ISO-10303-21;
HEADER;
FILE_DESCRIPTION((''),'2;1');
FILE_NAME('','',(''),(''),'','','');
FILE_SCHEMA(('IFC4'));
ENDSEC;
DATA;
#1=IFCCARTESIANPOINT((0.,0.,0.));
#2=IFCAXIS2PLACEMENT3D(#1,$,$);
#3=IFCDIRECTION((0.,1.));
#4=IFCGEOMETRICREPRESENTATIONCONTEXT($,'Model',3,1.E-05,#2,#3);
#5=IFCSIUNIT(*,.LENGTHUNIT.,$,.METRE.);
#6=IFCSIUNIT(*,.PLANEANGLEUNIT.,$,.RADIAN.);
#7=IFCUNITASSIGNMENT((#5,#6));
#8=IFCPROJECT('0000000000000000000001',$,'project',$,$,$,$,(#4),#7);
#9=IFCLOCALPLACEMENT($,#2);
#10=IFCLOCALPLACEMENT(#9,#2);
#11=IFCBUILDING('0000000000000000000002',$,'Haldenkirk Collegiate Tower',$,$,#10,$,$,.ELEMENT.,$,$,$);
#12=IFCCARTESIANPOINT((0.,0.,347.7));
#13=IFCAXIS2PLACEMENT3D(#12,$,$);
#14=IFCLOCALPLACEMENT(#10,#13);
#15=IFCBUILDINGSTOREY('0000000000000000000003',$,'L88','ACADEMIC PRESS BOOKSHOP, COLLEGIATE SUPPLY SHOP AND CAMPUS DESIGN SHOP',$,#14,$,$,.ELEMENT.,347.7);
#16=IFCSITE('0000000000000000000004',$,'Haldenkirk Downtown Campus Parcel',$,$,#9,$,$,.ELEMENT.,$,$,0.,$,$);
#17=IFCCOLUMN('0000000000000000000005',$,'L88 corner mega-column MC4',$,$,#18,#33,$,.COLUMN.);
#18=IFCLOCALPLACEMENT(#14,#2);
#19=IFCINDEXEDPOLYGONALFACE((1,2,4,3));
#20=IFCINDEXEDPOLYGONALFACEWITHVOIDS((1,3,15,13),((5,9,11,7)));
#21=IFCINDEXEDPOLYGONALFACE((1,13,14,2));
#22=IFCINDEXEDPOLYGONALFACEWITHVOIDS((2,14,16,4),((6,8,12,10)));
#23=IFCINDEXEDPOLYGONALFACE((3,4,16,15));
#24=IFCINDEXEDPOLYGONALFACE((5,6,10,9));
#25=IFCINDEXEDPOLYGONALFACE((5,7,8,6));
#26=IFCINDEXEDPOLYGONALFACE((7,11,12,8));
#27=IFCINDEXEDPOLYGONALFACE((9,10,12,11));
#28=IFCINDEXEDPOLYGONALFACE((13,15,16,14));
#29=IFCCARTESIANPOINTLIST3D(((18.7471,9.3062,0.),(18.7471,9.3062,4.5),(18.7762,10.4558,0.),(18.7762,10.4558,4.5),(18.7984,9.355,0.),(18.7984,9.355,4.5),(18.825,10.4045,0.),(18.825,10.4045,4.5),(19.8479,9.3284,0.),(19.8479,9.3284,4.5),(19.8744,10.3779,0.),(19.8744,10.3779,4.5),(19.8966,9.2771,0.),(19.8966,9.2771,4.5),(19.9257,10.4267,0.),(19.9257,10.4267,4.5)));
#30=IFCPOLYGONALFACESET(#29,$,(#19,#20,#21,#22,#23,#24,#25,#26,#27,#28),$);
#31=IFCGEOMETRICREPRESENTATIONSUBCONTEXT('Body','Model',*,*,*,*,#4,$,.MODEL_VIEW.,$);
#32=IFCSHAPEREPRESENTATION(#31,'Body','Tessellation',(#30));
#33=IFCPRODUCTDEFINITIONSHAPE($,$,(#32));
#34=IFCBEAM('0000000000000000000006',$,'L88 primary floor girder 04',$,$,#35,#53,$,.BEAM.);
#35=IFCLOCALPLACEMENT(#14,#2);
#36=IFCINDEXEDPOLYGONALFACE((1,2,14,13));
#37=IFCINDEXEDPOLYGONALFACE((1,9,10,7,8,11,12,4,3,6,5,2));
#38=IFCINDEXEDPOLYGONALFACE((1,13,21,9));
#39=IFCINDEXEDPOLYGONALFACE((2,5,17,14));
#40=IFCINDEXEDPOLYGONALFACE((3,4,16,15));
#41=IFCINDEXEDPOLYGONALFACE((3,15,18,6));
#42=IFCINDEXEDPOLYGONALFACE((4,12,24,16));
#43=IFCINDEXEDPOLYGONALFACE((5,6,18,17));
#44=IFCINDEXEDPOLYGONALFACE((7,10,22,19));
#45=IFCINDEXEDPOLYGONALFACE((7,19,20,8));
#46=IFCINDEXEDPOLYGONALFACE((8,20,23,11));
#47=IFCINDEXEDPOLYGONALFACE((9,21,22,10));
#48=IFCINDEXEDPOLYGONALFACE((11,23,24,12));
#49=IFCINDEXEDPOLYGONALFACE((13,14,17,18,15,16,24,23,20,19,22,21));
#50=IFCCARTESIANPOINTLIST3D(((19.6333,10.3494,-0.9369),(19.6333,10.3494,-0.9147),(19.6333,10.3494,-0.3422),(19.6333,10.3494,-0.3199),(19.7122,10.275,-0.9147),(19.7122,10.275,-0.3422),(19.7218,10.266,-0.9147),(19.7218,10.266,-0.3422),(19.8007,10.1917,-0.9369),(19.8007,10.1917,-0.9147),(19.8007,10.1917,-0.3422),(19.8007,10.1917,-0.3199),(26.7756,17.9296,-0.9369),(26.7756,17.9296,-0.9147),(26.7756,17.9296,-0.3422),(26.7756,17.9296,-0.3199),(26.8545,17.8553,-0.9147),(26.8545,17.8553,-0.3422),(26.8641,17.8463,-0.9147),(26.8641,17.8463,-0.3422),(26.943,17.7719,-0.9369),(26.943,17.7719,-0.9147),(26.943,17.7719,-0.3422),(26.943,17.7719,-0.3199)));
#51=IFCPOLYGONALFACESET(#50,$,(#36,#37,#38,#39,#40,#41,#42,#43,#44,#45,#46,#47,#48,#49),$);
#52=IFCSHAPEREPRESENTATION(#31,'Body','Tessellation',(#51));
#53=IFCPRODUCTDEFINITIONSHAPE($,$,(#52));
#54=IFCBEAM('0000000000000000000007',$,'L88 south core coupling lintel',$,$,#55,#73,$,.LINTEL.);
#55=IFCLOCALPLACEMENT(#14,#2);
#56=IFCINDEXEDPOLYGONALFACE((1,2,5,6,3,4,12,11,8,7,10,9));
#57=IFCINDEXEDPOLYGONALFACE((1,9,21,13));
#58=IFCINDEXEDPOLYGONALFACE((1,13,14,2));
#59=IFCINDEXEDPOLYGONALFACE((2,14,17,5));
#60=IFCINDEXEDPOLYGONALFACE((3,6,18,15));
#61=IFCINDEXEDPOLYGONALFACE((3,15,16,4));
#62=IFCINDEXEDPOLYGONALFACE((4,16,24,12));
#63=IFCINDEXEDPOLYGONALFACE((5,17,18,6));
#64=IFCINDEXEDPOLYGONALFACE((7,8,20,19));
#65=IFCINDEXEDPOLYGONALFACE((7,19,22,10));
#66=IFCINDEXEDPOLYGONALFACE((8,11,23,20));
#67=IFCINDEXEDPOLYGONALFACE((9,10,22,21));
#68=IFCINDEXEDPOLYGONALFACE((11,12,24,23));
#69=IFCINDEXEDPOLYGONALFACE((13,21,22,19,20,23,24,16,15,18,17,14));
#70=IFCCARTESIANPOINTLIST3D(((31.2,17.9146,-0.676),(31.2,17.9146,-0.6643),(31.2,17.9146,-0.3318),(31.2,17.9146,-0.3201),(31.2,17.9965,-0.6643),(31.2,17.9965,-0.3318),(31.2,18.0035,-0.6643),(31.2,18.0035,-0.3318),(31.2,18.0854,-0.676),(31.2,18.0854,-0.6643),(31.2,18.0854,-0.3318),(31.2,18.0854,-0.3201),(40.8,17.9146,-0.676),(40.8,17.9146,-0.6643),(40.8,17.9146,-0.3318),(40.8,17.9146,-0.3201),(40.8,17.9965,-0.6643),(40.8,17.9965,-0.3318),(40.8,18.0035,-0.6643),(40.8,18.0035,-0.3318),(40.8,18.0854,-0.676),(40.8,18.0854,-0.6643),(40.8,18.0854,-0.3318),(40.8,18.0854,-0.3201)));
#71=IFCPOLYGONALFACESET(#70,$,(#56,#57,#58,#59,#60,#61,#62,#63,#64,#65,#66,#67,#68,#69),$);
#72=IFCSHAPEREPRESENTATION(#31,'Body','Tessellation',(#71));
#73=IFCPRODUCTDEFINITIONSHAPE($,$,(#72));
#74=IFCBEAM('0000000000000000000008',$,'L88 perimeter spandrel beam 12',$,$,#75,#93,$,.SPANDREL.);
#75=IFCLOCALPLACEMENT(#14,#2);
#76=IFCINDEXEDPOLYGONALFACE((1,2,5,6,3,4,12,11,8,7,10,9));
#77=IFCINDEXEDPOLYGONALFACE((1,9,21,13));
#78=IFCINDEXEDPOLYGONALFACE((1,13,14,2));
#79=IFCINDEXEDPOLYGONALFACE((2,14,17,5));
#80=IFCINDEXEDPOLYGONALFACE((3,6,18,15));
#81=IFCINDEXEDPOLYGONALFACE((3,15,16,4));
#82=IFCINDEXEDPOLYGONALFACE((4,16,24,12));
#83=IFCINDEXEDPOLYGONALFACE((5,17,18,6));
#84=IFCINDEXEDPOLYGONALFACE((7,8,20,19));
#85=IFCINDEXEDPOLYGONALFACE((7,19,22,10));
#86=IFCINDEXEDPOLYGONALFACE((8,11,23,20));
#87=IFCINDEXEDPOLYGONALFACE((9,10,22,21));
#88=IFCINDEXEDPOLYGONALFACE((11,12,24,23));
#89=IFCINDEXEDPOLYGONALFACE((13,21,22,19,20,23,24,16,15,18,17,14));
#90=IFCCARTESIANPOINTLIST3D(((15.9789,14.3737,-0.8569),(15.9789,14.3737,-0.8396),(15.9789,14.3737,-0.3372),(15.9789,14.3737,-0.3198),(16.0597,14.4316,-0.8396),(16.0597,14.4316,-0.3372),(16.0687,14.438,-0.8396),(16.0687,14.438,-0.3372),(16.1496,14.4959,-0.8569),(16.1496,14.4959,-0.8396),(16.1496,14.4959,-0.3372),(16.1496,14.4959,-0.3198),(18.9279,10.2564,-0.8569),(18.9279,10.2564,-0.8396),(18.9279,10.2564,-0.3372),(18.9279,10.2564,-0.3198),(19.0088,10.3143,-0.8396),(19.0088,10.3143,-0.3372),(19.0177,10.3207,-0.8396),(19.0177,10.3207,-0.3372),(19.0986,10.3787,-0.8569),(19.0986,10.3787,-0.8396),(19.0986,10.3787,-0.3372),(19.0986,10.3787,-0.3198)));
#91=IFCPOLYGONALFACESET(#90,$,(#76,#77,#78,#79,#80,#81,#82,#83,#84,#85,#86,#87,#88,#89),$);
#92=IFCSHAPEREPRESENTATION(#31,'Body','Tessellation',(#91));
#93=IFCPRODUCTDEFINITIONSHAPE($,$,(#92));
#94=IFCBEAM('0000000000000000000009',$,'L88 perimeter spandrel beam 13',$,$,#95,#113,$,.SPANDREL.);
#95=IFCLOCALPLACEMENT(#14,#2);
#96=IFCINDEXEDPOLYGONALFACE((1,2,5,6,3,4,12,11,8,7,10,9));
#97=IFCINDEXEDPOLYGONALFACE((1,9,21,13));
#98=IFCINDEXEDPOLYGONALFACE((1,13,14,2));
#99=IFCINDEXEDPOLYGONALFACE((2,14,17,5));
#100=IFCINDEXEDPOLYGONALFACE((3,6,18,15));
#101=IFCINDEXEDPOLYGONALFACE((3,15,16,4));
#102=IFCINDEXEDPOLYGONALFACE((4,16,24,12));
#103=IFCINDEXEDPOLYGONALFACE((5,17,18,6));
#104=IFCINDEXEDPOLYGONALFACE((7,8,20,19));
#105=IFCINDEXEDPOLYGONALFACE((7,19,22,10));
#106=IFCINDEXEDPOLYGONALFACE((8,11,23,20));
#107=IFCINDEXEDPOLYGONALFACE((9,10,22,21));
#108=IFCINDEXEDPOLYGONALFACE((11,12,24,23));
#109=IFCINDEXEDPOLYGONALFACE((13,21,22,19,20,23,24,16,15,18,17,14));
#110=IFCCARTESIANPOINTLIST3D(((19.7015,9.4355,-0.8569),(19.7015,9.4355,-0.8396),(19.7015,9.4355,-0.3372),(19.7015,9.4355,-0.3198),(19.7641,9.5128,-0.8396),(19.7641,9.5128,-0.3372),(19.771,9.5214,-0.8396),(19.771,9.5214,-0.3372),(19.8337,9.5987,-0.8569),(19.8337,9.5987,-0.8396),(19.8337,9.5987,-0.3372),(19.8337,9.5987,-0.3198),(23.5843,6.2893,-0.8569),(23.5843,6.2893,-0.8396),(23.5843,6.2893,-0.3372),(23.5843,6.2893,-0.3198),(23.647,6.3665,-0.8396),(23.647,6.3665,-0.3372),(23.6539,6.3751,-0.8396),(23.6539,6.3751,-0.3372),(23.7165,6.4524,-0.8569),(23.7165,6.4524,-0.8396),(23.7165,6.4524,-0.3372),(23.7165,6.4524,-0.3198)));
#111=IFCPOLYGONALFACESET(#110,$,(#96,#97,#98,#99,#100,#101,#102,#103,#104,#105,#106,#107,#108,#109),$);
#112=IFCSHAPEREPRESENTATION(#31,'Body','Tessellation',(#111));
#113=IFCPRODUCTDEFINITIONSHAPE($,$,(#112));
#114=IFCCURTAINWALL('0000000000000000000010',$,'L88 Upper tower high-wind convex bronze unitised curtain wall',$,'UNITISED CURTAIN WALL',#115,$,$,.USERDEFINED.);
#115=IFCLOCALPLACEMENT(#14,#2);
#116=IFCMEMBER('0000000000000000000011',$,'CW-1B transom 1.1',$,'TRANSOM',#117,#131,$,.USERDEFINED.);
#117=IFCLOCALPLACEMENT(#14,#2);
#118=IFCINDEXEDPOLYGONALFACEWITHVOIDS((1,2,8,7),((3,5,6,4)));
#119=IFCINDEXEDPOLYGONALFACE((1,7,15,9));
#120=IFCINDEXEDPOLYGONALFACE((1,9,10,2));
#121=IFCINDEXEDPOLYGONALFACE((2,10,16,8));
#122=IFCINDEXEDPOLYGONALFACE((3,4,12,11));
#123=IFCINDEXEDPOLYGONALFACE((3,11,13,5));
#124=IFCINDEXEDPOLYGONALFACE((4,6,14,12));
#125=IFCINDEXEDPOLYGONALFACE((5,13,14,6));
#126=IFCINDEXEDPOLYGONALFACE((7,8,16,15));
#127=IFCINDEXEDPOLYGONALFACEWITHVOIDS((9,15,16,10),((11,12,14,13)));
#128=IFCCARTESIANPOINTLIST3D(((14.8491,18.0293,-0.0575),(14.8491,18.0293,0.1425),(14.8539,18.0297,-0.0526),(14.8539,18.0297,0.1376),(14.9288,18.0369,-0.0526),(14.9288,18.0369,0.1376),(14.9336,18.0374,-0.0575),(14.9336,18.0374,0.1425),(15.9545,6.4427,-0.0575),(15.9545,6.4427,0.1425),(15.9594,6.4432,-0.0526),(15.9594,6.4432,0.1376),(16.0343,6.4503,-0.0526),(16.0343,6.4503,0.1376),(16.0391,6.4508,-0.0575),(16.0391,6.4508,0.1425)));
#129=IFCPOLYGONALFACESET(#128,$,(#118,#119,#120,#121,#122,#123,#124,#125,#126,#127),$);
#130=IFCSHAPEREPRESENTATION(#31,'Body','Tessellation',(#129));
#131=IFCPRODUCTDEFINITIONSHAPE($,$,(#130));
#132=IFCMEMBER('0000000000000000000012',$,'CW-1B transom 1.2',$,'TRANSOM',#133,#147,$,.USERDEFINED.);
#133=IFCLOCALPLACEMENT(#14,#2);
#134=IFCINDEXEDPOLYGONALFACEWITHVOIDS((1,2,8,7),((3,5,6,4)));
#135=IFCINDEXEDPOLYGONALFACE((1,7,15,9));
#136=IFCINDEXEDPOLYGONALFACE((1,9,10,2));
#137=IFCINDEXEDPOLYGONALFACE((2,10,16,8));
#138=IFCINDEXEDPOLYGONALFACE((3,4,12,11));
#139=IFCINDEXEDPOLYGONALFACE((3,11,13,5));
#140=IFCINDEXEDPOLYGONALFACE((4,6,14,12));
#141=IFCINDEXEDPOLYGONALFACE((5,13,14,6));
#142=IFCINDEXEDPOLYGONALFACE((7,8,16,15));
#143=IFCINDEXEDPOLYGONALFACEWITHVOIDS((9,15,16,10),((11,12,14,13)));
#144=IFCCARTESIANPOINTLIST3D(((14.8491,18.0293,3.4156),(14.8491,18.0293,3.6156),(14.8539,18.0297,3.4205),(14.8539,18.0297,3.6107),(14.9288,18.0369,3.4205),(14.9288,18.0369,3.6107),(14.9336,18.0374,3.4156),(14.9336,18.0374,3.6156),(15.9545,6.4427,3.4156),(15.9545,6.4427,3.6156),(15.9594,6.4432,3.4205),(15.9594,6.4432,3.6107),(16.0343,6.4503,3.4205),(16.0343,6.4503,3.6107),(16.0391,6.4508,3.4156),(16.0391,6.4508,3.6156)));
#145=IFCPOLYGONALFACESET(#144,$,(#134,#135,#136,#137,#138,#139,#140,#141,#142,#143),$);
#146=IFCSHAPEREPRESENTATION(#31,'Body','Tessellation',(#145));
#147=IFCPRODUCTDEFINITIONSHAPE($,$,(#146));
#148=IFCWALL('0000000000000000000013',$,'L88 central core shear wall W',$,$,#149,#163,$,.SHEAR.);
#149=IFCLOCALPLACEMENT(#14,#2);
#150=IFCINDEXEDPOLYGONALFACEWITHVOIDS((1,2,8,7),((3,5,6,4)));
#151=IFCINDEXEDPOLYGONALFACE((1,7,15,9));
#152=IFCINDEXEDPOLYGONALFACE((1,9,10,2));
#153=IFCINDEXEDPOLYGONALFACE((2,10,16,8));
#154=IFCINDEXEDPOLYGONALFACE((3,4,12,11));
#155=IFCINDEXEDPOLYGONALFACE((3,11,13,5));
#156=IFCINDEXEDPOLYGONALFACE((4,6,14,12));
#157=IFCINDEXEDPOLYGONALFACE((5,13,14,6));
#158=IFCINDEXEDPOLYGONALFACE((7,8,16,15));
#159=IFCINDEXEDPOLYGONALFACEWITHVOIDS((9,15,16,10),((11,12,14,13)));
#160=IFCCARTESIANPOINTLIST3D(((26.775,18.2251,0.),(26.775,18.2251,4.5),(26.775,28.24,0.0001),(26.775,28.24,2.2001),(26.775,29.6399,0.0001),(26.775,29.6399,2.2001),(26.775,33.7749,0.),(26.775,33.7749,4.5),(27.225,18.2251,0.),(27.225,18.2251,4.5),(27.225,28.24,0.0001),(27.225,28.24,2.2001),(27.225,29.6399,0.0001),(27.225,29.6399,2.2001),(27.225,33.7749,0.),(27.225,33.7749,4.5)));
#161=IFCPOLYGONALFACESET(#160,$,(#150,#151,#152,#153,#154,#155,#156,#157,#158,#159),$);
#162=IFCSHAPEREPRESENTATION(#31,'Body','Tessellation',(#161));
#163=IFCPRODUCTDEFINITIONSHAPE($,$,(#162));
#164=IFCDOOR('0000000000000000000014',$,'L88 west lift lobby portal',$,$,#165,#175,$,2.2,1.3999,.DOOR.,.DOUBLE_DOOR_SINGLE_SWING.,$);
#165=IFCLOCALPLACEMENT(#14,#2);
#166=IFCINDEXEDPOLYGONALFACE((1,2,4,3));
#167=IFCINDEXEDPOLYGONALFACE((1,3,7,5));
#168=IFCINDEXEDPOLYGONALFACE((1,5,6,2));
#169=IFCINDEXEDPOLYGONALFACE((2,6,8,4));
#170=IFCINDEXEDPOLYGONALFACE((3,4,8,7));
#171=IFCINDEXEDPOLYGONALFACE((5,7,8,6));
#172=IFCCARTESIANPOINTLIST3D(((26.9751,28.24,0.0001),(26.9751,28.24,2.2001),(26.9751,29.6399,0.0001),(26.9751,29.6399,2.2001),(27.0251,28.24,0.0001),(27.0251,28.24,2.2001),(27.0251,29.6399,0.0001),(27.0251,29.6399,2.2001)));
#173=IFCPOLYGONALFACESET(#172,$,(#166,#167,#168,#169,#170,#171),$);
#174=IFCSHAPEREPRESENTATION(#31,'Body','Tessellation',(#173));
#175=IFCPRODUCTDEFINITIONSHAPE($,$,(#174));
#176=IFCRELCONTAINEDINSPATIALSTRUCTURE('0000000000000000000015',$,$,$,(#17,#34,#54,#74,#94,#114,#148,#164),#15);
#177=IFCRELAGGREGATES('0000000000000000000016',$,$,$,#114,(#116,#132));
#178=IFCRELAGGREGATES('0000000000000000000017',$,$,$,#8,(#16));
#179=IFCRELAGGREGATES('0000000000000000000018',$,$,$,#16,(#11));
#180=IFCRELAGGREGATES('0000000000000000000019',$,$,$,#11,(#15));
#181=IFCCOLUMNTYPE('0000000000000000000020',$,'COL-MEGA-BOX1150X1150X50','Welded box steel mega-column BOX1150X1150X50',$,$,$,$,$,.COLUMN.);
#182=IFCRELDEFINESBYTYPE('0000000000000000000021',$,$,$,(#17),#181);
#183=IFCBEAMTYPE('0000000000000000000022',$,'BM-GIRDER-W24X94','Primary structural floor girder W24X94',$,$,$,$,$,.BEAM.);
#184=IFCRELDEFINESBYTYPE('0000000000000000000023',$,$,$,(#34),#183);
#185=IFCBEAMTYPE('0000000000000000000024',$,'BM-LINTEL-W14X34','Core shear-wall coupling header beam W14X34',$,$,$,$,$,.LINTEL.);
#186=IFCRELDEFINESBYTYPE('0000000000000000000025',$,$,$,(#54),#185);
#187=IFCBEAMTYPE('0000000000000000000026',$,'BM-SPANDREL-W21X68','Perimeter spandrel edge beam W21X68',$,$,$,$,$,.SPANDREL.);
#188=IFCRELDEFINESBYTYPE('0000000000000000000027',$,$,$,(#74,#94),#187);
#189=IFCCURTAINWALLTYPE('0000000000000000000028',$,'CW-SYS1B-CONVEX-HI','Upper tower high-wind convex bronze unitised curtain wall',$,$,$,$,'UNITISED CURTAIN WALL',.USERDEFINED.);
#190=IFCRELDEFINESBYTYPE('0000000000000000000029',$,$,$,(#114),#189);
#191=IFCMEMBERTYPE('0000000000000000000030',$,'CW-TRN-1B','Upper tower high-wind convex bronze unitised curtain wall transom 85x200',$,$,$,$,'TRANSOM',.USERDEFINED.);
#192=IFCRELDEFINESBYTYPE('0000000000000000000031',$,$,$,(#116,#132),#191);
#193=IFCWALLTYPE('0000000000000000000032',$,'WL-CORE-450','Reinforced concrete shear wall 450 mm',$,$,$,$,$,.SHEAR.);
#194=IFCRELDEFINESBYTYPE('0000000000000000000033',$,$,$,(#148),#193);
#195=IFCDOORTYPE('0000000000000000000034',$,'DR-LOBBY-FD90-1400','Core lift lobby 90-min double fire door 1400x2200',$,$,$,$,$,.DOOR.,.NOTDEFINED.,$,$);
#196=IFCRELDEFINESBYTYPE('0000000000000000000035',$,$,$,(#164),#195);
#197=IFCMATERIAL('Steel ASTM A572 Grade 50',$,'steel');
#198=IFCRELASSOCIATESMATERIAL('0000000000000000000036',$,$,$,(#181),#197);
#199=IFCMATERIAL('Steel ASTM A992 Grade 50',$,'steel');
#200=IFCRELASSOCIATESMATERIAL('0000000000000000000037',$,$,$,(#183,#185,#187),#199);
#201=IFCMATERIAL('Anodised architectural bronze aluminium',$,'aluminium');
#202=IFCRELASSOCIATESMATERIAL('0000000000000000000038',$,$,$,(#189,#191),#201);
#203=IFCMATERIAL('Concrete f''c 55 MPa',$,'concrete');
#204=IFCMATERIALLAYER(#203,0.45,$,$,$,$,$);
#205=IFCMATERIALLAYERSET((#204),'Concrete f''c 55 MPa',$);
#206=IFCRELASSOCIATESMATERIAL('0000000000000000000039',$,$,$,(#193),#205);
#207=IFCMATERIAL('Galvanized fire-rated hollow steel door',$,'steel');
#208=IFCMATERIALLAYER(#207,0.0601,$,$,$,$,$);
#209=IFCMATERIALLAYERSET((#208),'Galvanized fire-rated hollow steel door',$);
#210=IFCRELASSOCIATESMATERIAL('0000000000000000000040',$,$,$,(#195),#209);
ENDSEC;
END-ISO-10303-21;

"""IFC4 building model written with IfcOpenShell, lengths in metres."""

from ifc_helpers import new_model, si_unit, direction, frame, frame_2d, origin, origin_2d, place, context, subcontext, project, spatial, rectangle, hollow_rectangle, i_section, extrude, material, layer, layer_set, material_profile, profile_set, type_object, element, fill, aggregate, save


model = new_model("IFC4")

# Units and contexts
model_context = context("Model", 3, precision=1e-05, world=origin(), true_north=direction((0.0, 1.0)))
body_context = subcontext(model_context, "Body", "Model", "MODEL_VIEW")
ifc_project = project(units=[si_unit("LENGTHUNIT", "METRE"), si_unit("PLANEANGLEUNIT", "RADIAN")], contexts=[model_context])

# Site, building, storey
site_placement = place(None, origin())
site = spatial("IfcSite", under=ifc_project, at=site_placement, Name="Haldenkirk Downtown Campus Parcel", CompositionType="ELEMENT", RefElevation=0.0)
building_placement = place(site_placement, origin())
building = spatial("IfcBuilding", under=site, at=building_placement, Name="Haldenkirk Collegiate Tower", CompositionType="ELEMENT")
storey_placement = place(building_placement, frame((0.0, 0.0, 347.7)))
storey = spatial("IfcBuildingStorey", under=building, at=storey_placement, Name="L88", Description="ACADEMIC PRESS BOOKSHOP, COLLEGIATE SUPPLY SHOP AND CAMPUS DESIGN SHOP", CompositionType="ELEMENT", Elevation=347.7)

# Column
ifc_material_1 = material(Name="Steel ASTM A572 Grade 50", Category="steel")
ifc_material_profile_1 = material_profile(ifc_material_1, hollow_rectangle(XDim=1.1499, YDim=1.1499, WallThickness=0.05, at=origin_2d()), Name="BOX1150X1150X50")
ifc_profile_set_1 = profile_set([ifc_material_profile_1], Name="Steel ASTM A572 Grade 50")
column_type = type_object("IfcColumnType", Name="COL-MEGA-BOX1150X1150X50", Description="Welded box steel mega-column BOX1150X1150X50", PredefinedType="COLUMN", material=ifc_profile_set_1)
column_placement = place(storey_placement, frame((19.3364, 9.8665, 0.0), z_axis=(0.0, 0.0, 1.0), x_axis=(0.025305, 0.99968, 0.0)))
element("IfcColumn", 1, at=column_placement, inside=storey, type_object=column_type, Name="L88 corner mega-column MC4", PredefinedType="COLUMN", context=body_context, shape_type="SweptSolid", body=[
    extrude(hollow_rectangle(XDim=1.1499, YDim=1.1499, WallThickness=0.05, at=origin_2d()), origin(), (0.0, 0.0, 1.0), 4.5),
])

# Beams
ifc_material_2 = material(Name="Steel ASTM A992 Grade 50", Category="steel")
ifc_material_profile_2 = material_profile(ifc_material_2, i_section(OverallWidth=0.23, OverallDepth=0.6169, WebThickness=0.0132, FlangeThickness=0.0222, at=origin_2d()), Name="W24X94")
ifc_profile_set_2 = profile_set([ifc_material_profile_2], Name="Steel ASTM A992 Grade 50")
beam_type_1 = type_object("IfcBeamType", Name="BM-GIRDER-W24X94", Description="Primary structural floor girder W24X94", PredefinedType="BEAM", material=ifc_profile_set_2)
beam_1_placement = place(storey_placement, frame((19.717, 10.2705, -0.6284), z_axis=(0.685767, 0.727821, 0.0), x_axis=(-0.727821, 0.685767, 0.0)))
element("IfcBeam", 2, at=beam_1_placement, inside=storey, type_object=beam_type_1, Name="L88 primary floor girder 04", PredefinedType="BEAM", context=body_context, shape_type="SweptSolid", body=[
    extrude(i_section(OverallWidth=0.23, OverallDepth=0.6169, WebThickness=0.0132, FlangeThickness=0.0222, at=origin_2d()), origin(), (0.0, 0.0, 1.0), 10.415),
])
ifc_material_profile_3 = material_profile(ifc_material_2, i_section(OverallWidth=0.1709, OverallDepth=0.356, WebThickness=0.0071, FlangeThickness=0.0117, at=origin_2d()), Name="W14X34")
ifc_profile_set_3 = profile_set([ifc_material_profile_3], Name="Steel ASTM A992 Grade 50")
beam_type_2 = type_object("IfcBeamType", Name="BM-LINTEL-W14X34", Description="Core shear-wall coupling header beam W14X34", PredefinedType="LINTEL", material=ifc_profile_set_3)
beam_2_placement = place(storey_placement, frame((31.2, 18.0, -0.498), z_axis=(1.0, 0.0, 0.0), x_axis=(0.0, 1.0, 0.0)))
element("IfcBeam", 3, at=beam_2_placement, inside=storey, type_object=beam_type_2, Name="L88 south core coupling lintel", PredefinedType="LINTEL", context=body_context, shape_type="SweptSolid", body=[
    extrude(i_section(OverallWidth=0.1709, OverallDepth=0.356, WebThickness=0.0071, FlangeThickness=0.0117, at=origin_2d()), origin(), (0.0, 0.0, 1.0), 9.6001),
])
ifc_material_profile_4 = material_profile(ifc_material_2, i_section(OverallWidth=0.21, OverallDepth=0.5371, WebThickness=0.011, FlangeThickness=0.0173, at=origin_2d()), Name="W21X68")
ifc_profile_set_4 = profile_set([ifc_material_profile_4], Name="Steel ASTM A992 Grade 50")
beam_type_3 = type_object("IfcBeamType", Name="BM-SPANDREL-W21X68", Description="Perimeter spandrel edge beam W21X68", PredefinedType="SPANDREL", material=ifc_profile_set_4)
beam_3_placement = place(storey_placement, frame((16.0642, 14.4348, -0.5884), z_axis=(0.5823, -0.812974, 0.0), x_axis=(0.812974, 0.5823, 0.0)))
element("IfcBeam", 4, at=beam_3_placement, inside=storey, type_object=beam_type_3, Name="L88 perimeter spandrel beam 12", PredefinedType="SPANDREL", context=body_context, shape_type="SweptSolid", body=[
    extrude(i_section(OverallWidth=0.21, OverallDepth=0.5371, WebThickness=0.011, FlangeThickness=0.0173, at=origin_2d()), origin(), (0.0, 0.0, 1.0), 5.0645),
])
beam_4_placement = place(storey_placement, frame((19.7676, 9.5171, -0.5884), z_axis=(0.77695, -0.629562, 0.0), x_axis=(0.629562, 0.77695, 0.0)))
element("IfcBeam", 5, at=beam_4_placement, inside=storey, type_object=beam_type_3, Name="L88 perimeter spandrel beam 13", PredefinedType="SPANDREL", context=body_context, shape_type="SweptSolid", body=[
    extrude(i_section(OverallWidth=0.21, OverallDepth=0.5371, WebThickness=0.011, FlangeThickness=0.0173, at=origin_2d()), origin(), (0.0, 0.0, 1.0), 4.9976),
])

# Curtain wall, members
ifc_material_3 = material(Name="Anodised architectural bronze aluminium", Category="aluminium")
curtain_wall_type = type_object("IfcCurtainWallType", Name="CW-SYS1B-CONVEX-HI", Description="Upper tower high-wind convex bronze unitised curtain wall", ElementType="UNITISED CURTAIN WALL", PredefinedType="USERDEFINED", material=ifc_material_3)
curtain_wall_placement = place(storey_placement, origin())
curtain_wall = element("IfcCurtainWall", 6, at=curtain_wall_placement, inside=storey, type_object=curtain_wall_type, Name="L88 Upper tower high-wind convex bronze unitised curtain wall", ObjectType="UNITISED CURTAIN WALL", PredefinedType="USERDEFINED")
ifc_material_profile_5 = material_profile(ifc_material_3, hollow_rectangle(XDim=0.085, YDim=0.2, WallThickness=0.0049, at=origin_2d()), Name="CW-TRN-1B")
ifc_profile_set_5 = profile_set([ifc_material_profile_5], Name="Anodised architectural bronze aluminium")
member_type = type_object("IfcMemberType", Name="CW-TRN-1B", Description="Upper tower high-wind convex bronze unitised curtain wall transom 85x200", ElementType="TRANSOM", PredefinedType="USERDEFINED", material=ifc_profile_set_5)
member_1_placement = place(storey_placement, frame((15.9968, 6.4468, 0.0425), z_axis=(-0.094979, 0.995479, 0.0), x_axis=(-0.995479, -0.094979, 0.0)))
member_1 = element("IfcMember", 7, at=member_1_placement, type_object=member_type, Name="CW-1B transom 1.1", ObjectType="TRANSOM", PredefinedType="USERDEFINED", context=body_context, shape_type="SweptSolid", body=[
    extrude(hollow_rectangle(XDim=0.085, YDim=0.2, WallThickness=0.0049, at=origin_2d()), origin(), (0.0, 0.0, 1.0), 11.6392),
])
member_2_placement = place(storey_placement, frame((15.9968, 6.4468, 3.5156), z_axis=(-0.094979, 0.995479, 0.0), x_axis=(-0.995479, -0.094979, 0.0)))
member_2 = element("IfcMember", 8, at=member_2_placement, type_object=member_type, Name="CW-1B transom 1.2", ObjectType="TRANSOM", PredefinedType="USERDEFINED", context=body_context, shape_type="SweptSolid", body=[
    extrude(hollow_rectangle(XDim=0.085, YDim=0.2, WallThickness=0.0049, at=origin_2d()), origin(), (0.0, 0.0, 1.0), 11.6392),
])
aggregate(curtain_wall, [member_1, member_2])

# Shared definitions
ifc_material_4 = material(Name="Concrete f'c 55 MPa", Category="concrete")
ifc_layer_1 = layer(ifc_material_4, 0.45)
ifc_layer_set_1 = layer_set([ifc_layer_1], Name="Concrete f'c 55 MPa")
wall_type_1 = type_object("IfcWallType", Name="WL-CORE-450", Description="Reinforced concrete shear wall 450 mm", PredefinedType="SHEAR", material=ifc_layer_set_1)
ifc_material_5 = material(Name="Galvanized fire-rated hollow steel door", Category="steel")

# Wall, opening, door
wall_1_placement = place(storey_placement, frame((27.0, 18.2251, 0.0), z_axis=(0.0, 0.0, 1.0), x_axis=(0.0, 1.0, 0.0)))
wall_1 = element("IfcWall", 9, at=wall_1_placement, inside=storey, type_object=wall_type_1, Name="L88 central core shear wall W", PredefinedType="SHEAR", context=body_context, shape_type="SweptSolid", body=[
    extrude(rectangle(XDim=15.5498, YDim=0.45, at=frame_2d((7.7749, 0.0))), origin(), (0.0, 0.0, 1.0), 4.5),
])
opening_1_placement = place(wall_1_placement, frame((10.0149, 0.0, 0.0)))
opening_1 = element("IfcOpeningElement", 10, at=opening_1_placement, cuts=wall_1, PredefinedType="OPENING", context=body_context, shape_type="SweptSolid", body=[
    extrude(rectangle(XDim=1.3999, YDim=2.2, at=frame_2d((0.7, 1.1001))), frame((0.0, 0.2349, 0.0), z_axis=(0.0, -1.0, 0.0), x_axis=(1.0, 0.0, 0.0)), (0.0, 0.0, 1.0), 0.47),
])
ifc_layer_2 = layer(ifc_material_5, 0.0601)
ifc_layer_set_2 = layer_set([ifc_layer_2], Name="Galvanized fire-rated hollow steel door")
door_type_1 = type_object("IfcDoorType", Name="DR-LOBBY-FD90-1400", Description="Core lift lobby 90-min double fire door 1400x2200", OperationType="NOTDEFINED", PredefinedType="DOOR", material=ifc_layer_set_2)
door_1_placement = place(opening_1_placement, origin())
door_1 = element("IfcDoor", 11, at=door_1_placement, inside=storey, type_object=door_type_1, Name="L88 west lift lobby portal", OperationType="DOUBLE_DOOR_SINGLE_SWING", OverallHeight=2.2, OverallWidth=1.3999, PredefinedType="DOOR", context=body_context, shape_type="SweptSolid", body=[
    extrude(rectangle(XDim=1.3999, YDim=2.2, at=frame_2d((0.7, 1.1001))), frame((0.0, 0.0249, 0.0), z_axis=(0.0, -1.0, 0.0), x_axis=(1.0, 0.0, 0.0)), (0.0, 0.0, 1.0), 0.05),
])
fill(opening_1, door_1)

save(model, "model.ifc")
